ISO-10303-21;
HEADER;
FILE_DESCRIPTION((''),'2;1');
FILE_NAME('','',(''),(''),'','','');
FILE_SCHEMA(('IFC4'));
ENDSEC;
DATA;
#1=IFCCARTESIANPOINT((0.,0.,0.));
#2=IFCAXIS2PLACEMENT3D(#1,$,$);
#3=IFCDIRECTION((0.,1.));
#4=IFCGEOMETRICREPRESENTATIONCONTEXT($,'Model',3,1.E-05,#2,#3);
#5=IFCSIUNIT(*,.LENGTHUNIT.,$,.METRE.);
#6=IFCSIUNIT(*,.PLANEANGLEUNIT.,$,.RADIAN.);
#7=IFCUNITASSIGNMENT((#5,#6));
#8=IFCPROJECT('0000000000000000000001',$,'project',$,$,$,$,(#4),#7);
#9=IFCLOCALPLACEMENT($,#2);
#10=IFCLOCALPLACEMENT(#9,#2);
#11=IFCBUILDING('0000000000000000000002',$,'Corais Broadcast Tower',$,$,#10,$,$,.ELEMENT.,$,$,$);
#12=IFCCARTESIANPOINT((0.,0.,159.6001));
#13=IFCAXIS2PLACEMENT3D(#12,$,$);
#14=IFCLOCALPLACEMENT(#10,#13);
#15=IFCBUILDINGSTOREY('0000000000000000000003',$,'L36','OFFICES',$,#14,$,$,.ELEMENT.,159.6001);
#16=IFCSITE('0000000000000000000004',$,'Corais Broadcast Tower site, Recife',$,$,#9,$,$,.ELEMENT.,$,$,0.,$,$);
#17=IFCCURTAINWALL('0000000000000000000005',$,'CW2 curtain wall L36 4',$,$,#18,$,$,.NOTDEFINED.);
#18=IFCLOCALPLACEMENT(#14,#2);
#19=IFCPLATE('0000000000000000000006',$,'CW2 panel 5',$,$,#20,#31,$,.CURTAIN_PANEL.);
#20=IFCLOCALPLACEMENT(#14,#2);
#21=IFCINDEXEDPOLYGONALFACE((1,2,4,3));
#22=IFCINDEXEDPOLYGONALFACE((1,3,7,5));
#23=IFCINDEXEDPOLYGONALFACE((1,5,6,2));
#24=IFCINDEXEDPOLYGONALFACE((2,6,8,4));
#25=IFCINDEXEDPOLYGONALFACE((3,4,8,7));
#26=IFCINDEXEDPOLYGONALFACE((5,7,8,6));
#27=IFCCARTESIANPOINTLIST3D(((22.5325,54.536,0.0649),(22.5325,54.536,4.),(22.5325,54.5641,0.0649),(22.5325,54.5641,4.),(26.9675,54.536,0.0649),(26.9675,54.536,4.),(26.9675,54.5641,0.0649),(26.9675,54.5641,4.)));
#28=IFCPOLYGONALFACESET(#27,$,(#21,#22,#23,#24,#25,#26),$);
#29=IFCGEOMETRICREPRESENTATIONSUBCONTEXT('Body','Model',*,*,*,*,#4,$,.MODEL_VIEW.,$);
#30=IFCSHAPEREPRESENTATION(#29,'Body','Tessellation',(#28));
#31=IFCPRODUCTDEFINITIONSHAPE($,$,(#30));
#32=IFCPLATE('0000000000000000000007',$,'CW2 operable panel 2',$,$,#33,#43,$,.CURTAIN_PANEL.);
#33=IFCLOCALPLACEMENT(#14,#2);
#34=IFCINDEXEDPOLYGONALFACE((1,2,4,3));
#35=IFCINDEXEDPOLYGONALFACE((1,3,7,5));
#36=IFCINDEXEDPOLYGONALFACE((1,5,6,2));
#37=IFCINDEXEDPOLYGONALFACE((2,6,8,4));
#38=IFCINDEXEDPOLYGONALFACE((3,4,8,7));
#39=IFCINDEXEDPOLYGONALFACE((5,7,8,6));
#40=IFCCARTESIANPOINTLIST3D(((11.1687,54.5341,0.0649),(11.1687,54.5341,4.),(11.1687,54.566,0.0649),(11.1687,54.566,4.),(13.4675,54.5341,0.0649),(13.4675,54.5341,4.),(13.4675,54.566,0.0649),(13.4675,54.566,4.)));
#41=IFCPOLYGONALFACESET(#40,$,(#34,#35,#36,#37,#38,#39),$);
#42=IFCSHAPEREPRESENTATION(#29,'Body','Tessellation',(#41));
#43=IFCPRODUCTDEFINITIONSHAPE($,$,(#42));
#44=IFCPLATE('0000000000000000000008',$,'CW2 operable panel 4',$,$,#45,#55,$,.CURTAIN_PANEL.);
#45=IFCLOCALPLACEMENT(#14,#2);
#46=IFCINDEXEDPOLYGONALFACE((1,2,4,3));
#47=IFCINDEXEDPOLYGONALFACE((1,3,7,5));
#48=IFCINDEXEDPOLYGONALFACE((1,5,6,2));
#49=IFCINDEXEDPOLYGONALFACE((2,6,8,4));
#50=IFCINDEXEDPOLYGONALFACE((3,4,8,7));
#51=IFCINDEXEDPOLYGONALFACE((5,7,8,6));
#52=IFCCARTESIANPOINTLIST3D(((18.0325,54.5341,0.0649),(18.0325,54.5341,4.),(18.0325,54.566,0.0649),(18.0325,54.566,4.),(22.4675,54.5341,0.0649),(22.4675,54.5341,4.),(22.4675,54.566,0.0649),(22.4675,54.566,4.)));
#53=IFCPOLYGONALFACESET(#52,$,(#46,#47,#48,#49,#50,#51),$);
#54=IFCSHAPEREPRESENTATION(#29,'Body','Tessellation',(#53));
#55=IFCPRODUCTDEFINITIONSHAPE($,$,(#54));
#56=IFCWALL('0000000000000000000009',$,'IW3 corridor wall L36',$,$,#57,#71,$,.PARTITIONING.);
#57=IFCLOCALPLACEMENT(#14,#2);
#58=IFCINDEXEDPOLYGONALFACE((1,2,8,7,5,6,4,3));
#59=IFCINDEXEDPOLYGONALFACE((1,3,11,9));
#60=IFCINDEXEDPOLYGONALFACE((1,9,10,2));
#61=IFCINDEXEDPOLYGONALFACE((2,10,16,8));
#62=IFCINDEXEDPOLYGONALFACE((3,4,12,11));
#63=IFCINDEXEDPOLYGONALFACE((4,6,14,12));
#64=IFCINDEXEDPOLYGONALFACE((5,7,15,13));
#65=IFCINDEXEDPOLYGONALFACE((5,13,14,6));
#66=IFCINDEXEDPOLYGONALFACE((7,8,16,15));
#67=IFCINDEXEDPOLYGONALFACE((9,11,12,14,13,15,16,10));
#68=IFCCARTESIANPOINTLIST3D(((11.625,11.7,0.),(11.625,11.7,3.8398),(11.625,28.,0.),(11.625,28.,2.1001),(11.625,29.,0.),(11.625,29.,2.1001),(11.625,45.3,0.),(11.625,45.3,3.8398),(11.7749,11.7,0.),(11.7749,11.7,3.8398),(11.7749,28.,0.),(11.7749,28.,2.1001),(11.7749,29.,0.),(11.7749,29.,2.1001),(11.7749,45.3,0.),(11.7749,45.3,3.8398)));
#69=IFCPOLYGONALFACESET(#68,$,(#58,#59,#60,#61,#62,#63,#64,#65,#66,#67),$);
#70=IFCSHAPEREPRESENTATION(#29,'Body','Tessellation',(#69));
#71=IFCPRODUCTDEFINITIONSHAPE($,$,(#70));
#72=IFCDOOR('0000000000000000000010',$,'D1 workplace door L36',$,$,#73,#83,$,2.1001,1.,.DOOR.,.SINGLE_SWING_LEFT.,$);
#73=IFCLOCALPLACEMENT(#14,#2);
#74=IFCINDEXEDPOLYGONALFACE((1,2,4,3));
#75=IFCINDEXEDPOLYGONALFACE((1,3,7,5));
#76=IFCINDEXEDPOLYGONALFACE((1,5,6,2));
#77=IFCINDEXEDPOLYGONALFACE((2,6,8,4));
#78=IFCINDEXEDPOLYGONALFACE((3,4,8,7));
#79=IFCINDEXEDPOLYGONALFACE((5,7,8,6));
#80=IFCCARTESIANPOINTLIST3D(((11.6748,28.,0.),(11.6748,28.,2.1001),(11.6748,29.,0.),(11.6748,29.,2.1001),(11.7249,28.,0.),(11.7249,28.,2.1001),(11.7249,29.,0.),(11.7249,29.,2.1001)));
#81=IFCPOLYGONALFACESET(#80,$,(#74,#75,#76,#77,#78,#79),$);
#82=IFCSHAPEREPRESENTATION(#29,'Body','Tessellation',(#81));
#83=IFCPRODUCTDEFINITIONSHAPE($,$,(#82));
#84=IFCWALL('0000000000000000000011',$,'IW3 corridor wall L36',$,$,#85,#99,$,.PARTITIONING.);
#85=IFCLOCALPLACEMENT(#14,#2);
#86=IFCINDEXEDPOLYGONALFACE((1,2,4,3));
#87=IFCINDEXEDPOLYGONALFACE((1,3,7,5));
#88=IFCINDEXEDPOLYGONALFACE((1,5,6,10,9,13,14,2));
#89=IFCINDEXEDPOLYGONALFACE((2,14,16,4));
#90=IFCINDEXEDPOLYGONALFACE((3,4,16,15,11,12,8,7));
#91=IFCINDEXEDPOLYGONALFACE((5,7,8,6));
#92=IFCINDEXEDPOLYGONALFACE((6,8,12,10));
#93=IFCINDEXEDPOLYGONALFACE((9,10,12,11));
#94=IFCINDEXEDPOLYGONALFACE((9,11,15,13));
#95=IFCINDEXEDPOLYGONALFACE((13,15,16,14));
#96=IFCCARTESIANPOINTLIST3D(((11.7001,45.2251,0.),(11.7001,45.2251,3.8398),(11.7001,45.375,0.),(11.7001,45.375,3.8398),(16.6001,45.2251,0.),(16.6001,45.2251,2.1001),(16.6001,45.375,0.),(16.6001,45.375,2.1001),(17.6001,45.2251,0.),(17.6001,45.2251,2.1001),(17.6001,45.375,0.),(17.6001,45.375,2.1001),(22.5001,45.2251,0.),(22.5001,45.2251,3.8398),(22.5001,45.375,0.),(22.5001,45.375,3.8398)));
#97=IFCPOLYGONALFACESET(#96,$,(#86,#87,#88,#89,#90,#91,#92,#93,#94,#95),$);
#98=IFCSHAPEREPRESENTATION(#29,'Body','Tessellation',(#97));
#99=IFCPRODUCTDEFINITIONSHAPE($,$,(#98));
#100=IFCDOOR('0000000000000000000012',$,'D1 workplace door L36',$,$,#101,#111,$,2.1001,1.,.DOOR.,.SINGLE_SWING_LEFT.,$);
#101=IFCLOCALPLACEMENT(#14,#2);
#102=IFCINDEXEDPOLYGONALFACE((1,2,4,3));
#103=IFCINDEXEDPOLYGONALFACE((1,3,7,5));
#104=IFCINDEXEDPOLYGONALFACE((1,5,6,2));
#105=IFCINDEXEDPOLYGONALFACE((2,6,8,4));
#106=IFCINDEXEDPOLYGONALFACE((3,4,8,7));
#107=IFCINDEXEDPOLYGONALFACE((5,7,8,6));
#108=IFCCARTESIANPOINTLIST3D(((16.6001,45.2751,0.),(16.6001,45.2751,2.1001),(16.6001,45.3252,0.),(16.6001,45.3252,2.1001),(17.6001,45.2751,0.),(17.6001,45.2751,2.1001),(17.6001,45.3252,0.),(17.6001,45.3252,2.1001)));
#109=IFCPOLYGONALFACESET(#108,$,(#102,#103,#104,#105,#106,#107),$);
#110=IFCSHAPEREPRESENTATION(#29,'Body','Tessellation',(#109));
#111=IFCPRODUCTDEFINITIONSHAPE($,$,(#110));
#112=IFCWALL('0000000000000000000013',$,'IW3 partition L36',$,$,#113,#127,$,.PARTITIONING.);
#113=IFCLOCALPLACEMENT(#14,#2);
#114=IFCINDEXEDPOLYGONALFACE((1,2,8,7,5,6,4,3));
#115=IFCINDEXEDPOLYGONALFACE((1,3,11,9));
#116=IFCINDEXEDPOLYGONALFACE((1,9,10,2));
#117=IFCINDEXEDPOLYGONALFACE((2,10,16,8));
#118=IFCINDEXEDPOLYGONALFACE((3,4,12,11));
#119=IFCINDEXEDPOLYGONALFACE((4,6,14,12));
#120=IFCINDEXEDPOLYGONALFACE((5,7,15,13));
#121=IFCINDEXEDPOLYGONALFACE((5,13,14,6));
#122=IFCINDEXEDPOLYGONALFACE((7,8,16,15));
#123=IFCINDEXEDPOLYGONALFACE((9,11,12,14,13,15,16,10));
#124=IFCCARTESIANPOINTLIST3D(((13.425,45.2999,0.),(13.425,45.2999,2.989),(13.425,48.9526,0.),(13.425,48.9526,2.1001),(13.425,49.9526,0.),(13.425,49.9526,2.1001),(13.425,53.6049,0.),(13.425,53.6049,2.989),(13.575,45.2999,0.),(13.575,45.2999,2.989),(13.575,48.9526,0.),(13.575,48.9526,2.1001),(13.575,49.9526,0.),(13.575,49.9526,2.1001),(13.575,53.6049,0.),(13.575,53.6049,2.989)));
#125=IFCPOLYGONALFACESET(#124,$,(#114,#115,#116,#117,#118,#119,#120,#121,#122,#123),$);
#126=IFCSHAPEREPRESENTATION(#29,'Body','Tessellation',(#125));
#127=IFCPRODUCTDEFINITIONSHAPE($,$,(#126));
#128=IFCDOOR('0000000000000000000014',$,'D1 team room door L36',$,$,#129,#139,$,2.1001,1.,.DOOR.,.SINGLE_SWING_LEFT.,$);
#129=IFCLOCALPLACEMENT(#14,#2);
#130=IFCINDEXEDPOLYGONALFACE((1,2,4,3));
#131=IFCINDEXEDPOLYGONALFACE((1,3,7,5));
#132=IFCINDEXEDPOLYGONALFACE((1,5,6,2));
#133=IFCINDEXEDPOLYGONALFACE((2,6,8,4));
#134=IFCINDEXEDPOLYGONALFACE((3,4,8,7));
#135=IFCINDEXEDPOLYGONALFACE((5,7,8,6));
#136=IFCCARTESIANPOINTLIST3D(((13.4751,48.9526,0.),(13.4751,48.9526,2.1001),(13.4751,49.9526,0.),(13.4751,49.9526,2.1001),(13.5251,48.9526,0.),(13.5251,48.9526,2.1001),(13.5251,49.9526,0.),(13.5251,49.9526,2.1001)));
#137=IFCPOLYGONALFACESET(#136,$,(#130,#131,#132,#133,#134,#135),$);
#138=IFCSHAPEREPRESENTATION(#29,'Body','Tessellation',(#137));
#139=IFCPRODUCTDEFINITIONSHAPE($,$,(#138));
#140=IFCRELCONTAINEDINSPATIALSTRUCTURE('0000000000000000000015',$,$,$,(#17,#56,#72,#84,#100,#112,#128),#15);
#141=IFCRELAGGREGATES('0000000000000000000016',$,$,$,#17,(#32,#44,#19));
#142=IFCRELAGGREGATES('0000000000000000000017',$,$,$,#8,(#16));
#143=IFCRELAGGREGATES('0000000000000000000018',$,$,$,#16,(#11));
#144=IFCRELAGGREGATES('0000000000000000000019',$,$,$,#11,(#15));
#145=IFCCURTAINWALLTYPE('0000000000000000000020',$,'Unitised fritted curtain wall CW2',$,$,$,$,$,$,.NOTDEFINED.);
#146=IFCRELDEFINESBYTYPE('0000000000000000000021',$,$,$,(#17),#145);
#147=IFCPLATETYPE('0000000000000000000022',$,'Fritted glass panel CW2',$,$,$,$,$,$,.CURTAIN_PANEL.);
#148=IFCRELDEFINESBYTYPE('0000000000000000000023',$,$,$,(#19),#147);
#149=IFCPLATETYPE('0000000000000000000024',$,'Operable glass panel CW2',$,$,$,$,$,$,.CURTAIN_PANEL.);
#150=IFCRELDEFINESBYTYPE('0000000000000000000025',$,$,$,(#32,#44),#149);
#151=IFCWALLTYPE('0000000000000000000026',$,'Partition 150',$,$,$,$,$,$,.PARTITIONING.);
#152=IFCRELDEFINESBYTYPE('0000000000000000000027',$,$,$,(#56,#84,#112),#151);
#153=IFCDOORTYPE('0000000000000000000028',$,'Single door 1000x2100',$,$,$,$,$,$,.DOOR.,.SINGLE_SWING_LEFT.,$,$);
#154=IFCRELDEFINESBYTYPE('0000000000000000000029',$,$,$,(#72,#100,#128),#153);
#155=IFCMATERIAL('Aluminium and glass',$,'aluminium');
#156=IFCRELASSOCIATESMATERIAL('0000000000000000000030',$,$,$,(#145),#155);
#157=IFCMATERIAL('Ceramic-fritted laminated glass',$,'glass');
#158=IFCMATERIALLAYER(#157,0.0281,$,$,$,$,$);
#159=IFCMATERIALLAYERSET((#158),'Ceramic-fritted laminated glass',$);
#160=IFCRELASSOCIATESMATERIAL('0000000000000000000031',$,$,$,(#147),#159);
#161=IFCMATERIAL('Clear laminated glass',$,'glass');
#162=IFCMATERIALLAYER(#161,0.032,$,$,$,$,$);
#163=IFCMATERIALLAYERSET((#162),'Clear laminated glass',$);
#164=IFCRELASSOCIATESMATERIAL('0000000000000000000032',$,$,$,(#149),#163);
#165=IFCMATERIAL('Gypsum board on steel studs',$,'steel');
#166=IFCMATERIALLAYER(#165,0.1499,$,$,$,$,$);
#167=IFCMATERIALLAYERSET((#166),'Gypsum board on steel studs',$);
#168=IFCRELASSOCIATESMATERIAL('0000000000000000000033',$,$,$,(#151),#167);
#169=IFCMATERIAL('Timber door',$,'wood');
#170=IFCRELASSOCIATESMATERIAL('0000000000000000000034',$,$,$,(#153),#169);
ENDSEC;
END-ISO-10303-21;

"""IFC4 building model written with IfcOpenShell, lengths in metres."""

from ifc_helpers import new_model, si_unit, direction, frame, frame_2d, origin, origin_2d, place, context, subcontext, project, spatial, rectangle, extrude, material, layer, layer_set, type_object, element, fill, aggregate, save


model = new_model("IFC4")

# Units and contexts
model_context = context("Model", 3, precision=1e-05, world=origin(), true_north=direction((0.0, 1.0)))
body_context = subcontext(model_context, "Body", "Model", "MODEL_VIEW")
ifc_project = project(units=[si_unit("LENGTHUNIT", "METRE"), si_unit("PLANEANGLEUNIT", "RADIAN")], contexts=[model_context])

# Site, building, storey
site_placement = place(None, origin())
site = spatial("IfcSite", under=ifc_project, at=site_placement, Name="Corais Broadcast Tower site, Recife", CompositionType="ELEMENT", RefElevation=0.0)
building_placement = place(site_placement, origin())
building = spatial("IfcBuilding", under=site, at=building_placement, Name="Corais Broadcast Tower", CompositionType="ELEMENT")
storey_placement = place(building_placement, frame((0.0, 0.0, 159.6001)))
storey = spatial("IfcBuildingStorey", under=building, at=storey_placement, Name="L36", Description="OFFICES", CompositionType="ELEMENT", Elevation=159.6001)

# Curtain wall
ifc_material_1 = material(Name="Aluminium and glass", Category="aluminium")
curtain_wall_type = type_object("IfcCurtainWallType", Name="Unitised fritted curtain wall CW2", PredefinedType="NOTDEFINED", material=ifc_material_1)
curtain_wall_placement = place(storey_placement, origin())
curtain_wall = element("IfcCurtainWall", 1, at=curtain_wall_placement, inside=storey, type_object=curtain_wall_type, Name="CW2 curtain wall L36 4", PredefinedType="NOTDEFINED")

# Plates
ifc_material_2 = material(Name="Ceramic-fritted laminated glass", Category="glass")
ifc_layer_1 = layer(ifc_material_2, 0.0281)
ifc_layer_set_1 = layer_set([ifc_layer_1], Name="Ceramic-fritted laminated glass")
plate_type_1 = type_object("IfcPlateType", Name="Fritted glass panel CW2", PredefinedType="CURTAIN_PANEL", material=ifc_layer_set_1)
plate_1_placement = place(storey_placement, frame((24.75, 54.55, 0.0649), z_axis=(0.0, 0.0, 1.0), x_axis=(1.0, 0.0, 0.0)))
plate_1 = element("IfcPlate", 2, at=plate_1_placement, type_object=plate_type_1, Name="CW2 panel 5", PredefinedType="CURTAIN_PANEL", context=body_context, shape_type="SweptSolid", body=[
    extrude(rectangle(XDim=4.4351, YDim=0.0281, at=origin_2d()), origin(), (0.0, 0.0, 1.0), 3.9351),
])
ifc_material_3 = material(Name="Clear laminated glass", Category="glass")
ifc_layer_2 = layer(ifc_material_3, 0.032)
ifc_layer_set_2 = layer_set([ifc_layer_2], Name="Clear laminated glass")
plate_type_2 = type_object("IfcPlateType", Name="Operable glass panel CW2", PredefinedType="CURTAIN_PANEL", material=ifc_layer_set_2)
plate_2_placement = place(storey_placement, frame((12.3181, 54.55, 0.0649), z_axis=(0.0, 0.0, 1.0), x_axis=(1.0, 0.0, 0.0)))
plate_2 = element("IfcPlate", 3, at=plate_2_placement, type_object=plate_type_2, Name="CW2 operable panel 2", PredefinedType="CURTAIN_PANEL", context=body_context, shape_type="SweptSolid", body=[
    extrude(rectangle(XDim=2.2988, YDim=0.032, at=origin_2d()), origin(), (0.0, 0.0, 1.0), 3.9351),
])
plate_3_placement = place(storey_placement, frame((20.25, 54.55, 0.0649), z_axis=(0.0, 0.0, 1.0), x_axis=(1.0, 0.0, 0.0)))
plate_3 = element("IfcPlate", 4, at=plate_3_placement, type_object=plate_type_2, Name="CW2 operable panel 4", PredefinedType="CURTAIN_PANEL", context=body_context, shape_type="SweptSolid", body=[
    extrude(rectangle(XDim=4.4351, YDim=0.032, at=origin_2d()), origin(), (0.0, 0.0, 1.0), 3.9351),
])
aggregate(curtain_wall, [plate_2, plate_3, plate_1])

# Walls, openings, doors
ifc_material_4 = material(Name="Gypsum board on steel studs", Category="steel")
ifc_layer_3 = layer(ifc_material_4, 0.1499)
ifc_layer_set_3 = layer_set([ifc_layer_3], Name="Gypsum board on steel studs")
wall_type = type_object("IfcWallType", Name="Partition 150", PredefinedType="PARTITIONING", material=ifc_layer_set_3)
wall_1_placement = place(storey_placement, frame((11.7, 45.3, 0.0), z_axis=(0.0, 0.0, 1.0), x_axis=(0.0, -1.0, 0.0)))
wall_1 = element("IfcWall", 5, at=wall_1_placement, inside=storey, type_object=wall_type, Name="IW3 corridor wall L36", PredefinedType="PARTITIONING", context=body_context, shape_type="SweptSolid", body=[
    extrude(rectangle(XDim=33.6001, YDim=0.1499, at=frame_2d((16.8, 0.0))), origin(), (0.0, 0.0, 1.0), 3.8398),
])
opening_1_placement = place(wall_1_placement, frame((16.3, 0.0, 0.0)))
opening_1 = element("IfcOpeningElement", 6, at=opening_1_placement, cuts=wall_1, PredefinedType="OPENING", context=body_context, shape_type="SweptSolid", body=[
    extrude(rectangle(XDim=1.0, YDim=2.1001, at=frame_2d((0.5, 1.05))), frame((0.0, 0.085, 0.0), z_axis=(0.0, -1.0, 0.0), x_axis=(1.0, 0.0, 0.0)), (0.0, 0.0, 1.0), 0.1699),
])
ifc_material_5 = material(Name="Timber door", Category="wood")
door_type = type_object("IfcDoorType", Name="Single door 1000x2100", OperationType="SINGLE_SWING_LEFT", PredefinedType="DOOR", material=ifc_material_5)
door_1_placement = place(opening_1_placement, origin())
door_1 = element("IfcDoor", 7, at=door_1_placement, inside=storey, type_object=door_type, Name="D1 workplace door L36", OperationType="SINGLE_SWING_LEFT", OverallHeight=2.1001, OverallWidth=1.0, PredefinedType="DOOR", context=body_context, shape_type="SweptSolid", body=[
    extrude(rectangle(XDim=1.0, YDim=2.1001, at=frame_2d((0.5, 1.05))), frame((0.0, 0.0249, 0.0), z_axis=(0.0, -1.0, 0.0), x_axis=(1.0, 0.0, 0.0)), (0.0, 0.0, 1.0), 0.05),
])
fill(opening_1, door_1)
wall_2_placement = place(storey_placement, frame((22.5, 45.3, 0.0), z_axis=(0.0, 0.0, 1.0), x_axis=(-1.0, 0.0, 0.0)))
wall_2 = element("IfcWall", 8, at=wall_2_placement, inside=storey, type_object=wall_type, Name="IW3 corridor wall L36", PredefinedType="PARTITIONING", context=body_context, shape_type="SweptSolid", body=[
    extrude(rectangle(XDim=10.8, YDim=0.1499, at=frame_2d((5.3999, 0.0))), origin(), (0.0, 0.0, 1.0), 3.8398),
])
opening_2_placement = place(wall_2_placement, frame((4.8999, 0.0, 0.0)))
opening_2 = element("IfcOpeningElement", 9, at=opening_2_placement, cuts=wall_2, PredefinedType="OPENING", context=body_context, shape_type="SweptSolid", body=[
    extrude(rectangle(XDim=1.0, YDim=2.1001, at=frame_2d((0.5, 1.05))), frame((0.0, 0.085, 0.0), z_axis=(0.0, -1.0, 0.0), x_axis=(1.0, 0.0, 0.0)), (0.0, 0.0, 1.0), 0.1699),
])
door_2_placement = place(opening_2_placement, origin())
door_2 = element("IfcDoor", 10, at=door_2_placement, inside=storey, type_object=door_type, Name="D1 workplace door L36", OperationType="SINGLE_SWING_LEFT", OverallHeight=2.1001, OverallWidth=1.0, PredefinedType="DOOR", context=body_context, shape_type="SweptSolid", body=[
    extrude(rectangle(XDim=1.0, YDim=2.1001, at=frame_2d((0.5, 1.05))), frame((0.0, 0.0249, 0.0), z_axis=(0.0, -1.0, 0.0), x_axis=(1.0, 0.0, 0.0)), (0.0, 0.0, 1.0), 0.05),
])
fill(opening_2, door_2)
wall_3_placement = place(storey_placement, frame((13.5, 45.3, 0.0), z_axis=(0.0, 0.0, 1.0), x_axis=(0.0, 1.0, 0.0)))
wall_3 = element("IfcWall", 11, at=wall_3_placement, inside=storey, type_object=wall_type, Name="IW3 partition L36", PredefinedType="PARTITIONING", context=body_context, shape_type="SweptSolid", body=[
    extrude(rectangle(XDim=8.3049, YDim=0.1499, at=frame_2d((4.1523, 0.0))), origin(), (0.0, 0.0, 1.0), 2.989),
])
opening_3_placement = place(wall_3_placement, frame((3.6526, 0.0, 0.0)))
opening_3 = element("IfcOpeningElement", 12, at=opening_3_placement, cuts=wall_3, PredefinedType="OPENING", context=body_context, shape_type="SweptSolid", body=[
    extrude(rectangle(XDim=1.0, YDim=2.1001, at=frame_2d((0.5, 1.05))), frame((0.0, 0.085, 0.0), z_axis=(0.0, -1.0, 0.0), x_axis=(1.0, 0.0, 0.0)), (0.0, 0.0, 1.0), 0.1699),
])
door_3_placement = place(opening_3_placement, origin())
door_3 = element("IfcDoor", 13, at=door_3_placement, inside=storey, type_object=door_type, Name="D1 team room door L36", OperationType="SINGLE_SWING_LEFT", OverallHeight=2.1001, OverallWidth=1.0, PredefinedType="DOOR", context=body_context, shape_type="SweptSolid", body=[
    extrude(rectangle(XDim=1.0, YDim=2.1001, at=frame_2d((0.5, 1.05))), frame((0.0, 0.0249, 0.0), z_axis=(0.0, -1.0, 0.0), x_axis=(1.0, 0.0, 0.0)), (0.0, 0.0, 1.0), 0.05),
])
fill(opening_3, door_3)

save(model, "model.ifc")
